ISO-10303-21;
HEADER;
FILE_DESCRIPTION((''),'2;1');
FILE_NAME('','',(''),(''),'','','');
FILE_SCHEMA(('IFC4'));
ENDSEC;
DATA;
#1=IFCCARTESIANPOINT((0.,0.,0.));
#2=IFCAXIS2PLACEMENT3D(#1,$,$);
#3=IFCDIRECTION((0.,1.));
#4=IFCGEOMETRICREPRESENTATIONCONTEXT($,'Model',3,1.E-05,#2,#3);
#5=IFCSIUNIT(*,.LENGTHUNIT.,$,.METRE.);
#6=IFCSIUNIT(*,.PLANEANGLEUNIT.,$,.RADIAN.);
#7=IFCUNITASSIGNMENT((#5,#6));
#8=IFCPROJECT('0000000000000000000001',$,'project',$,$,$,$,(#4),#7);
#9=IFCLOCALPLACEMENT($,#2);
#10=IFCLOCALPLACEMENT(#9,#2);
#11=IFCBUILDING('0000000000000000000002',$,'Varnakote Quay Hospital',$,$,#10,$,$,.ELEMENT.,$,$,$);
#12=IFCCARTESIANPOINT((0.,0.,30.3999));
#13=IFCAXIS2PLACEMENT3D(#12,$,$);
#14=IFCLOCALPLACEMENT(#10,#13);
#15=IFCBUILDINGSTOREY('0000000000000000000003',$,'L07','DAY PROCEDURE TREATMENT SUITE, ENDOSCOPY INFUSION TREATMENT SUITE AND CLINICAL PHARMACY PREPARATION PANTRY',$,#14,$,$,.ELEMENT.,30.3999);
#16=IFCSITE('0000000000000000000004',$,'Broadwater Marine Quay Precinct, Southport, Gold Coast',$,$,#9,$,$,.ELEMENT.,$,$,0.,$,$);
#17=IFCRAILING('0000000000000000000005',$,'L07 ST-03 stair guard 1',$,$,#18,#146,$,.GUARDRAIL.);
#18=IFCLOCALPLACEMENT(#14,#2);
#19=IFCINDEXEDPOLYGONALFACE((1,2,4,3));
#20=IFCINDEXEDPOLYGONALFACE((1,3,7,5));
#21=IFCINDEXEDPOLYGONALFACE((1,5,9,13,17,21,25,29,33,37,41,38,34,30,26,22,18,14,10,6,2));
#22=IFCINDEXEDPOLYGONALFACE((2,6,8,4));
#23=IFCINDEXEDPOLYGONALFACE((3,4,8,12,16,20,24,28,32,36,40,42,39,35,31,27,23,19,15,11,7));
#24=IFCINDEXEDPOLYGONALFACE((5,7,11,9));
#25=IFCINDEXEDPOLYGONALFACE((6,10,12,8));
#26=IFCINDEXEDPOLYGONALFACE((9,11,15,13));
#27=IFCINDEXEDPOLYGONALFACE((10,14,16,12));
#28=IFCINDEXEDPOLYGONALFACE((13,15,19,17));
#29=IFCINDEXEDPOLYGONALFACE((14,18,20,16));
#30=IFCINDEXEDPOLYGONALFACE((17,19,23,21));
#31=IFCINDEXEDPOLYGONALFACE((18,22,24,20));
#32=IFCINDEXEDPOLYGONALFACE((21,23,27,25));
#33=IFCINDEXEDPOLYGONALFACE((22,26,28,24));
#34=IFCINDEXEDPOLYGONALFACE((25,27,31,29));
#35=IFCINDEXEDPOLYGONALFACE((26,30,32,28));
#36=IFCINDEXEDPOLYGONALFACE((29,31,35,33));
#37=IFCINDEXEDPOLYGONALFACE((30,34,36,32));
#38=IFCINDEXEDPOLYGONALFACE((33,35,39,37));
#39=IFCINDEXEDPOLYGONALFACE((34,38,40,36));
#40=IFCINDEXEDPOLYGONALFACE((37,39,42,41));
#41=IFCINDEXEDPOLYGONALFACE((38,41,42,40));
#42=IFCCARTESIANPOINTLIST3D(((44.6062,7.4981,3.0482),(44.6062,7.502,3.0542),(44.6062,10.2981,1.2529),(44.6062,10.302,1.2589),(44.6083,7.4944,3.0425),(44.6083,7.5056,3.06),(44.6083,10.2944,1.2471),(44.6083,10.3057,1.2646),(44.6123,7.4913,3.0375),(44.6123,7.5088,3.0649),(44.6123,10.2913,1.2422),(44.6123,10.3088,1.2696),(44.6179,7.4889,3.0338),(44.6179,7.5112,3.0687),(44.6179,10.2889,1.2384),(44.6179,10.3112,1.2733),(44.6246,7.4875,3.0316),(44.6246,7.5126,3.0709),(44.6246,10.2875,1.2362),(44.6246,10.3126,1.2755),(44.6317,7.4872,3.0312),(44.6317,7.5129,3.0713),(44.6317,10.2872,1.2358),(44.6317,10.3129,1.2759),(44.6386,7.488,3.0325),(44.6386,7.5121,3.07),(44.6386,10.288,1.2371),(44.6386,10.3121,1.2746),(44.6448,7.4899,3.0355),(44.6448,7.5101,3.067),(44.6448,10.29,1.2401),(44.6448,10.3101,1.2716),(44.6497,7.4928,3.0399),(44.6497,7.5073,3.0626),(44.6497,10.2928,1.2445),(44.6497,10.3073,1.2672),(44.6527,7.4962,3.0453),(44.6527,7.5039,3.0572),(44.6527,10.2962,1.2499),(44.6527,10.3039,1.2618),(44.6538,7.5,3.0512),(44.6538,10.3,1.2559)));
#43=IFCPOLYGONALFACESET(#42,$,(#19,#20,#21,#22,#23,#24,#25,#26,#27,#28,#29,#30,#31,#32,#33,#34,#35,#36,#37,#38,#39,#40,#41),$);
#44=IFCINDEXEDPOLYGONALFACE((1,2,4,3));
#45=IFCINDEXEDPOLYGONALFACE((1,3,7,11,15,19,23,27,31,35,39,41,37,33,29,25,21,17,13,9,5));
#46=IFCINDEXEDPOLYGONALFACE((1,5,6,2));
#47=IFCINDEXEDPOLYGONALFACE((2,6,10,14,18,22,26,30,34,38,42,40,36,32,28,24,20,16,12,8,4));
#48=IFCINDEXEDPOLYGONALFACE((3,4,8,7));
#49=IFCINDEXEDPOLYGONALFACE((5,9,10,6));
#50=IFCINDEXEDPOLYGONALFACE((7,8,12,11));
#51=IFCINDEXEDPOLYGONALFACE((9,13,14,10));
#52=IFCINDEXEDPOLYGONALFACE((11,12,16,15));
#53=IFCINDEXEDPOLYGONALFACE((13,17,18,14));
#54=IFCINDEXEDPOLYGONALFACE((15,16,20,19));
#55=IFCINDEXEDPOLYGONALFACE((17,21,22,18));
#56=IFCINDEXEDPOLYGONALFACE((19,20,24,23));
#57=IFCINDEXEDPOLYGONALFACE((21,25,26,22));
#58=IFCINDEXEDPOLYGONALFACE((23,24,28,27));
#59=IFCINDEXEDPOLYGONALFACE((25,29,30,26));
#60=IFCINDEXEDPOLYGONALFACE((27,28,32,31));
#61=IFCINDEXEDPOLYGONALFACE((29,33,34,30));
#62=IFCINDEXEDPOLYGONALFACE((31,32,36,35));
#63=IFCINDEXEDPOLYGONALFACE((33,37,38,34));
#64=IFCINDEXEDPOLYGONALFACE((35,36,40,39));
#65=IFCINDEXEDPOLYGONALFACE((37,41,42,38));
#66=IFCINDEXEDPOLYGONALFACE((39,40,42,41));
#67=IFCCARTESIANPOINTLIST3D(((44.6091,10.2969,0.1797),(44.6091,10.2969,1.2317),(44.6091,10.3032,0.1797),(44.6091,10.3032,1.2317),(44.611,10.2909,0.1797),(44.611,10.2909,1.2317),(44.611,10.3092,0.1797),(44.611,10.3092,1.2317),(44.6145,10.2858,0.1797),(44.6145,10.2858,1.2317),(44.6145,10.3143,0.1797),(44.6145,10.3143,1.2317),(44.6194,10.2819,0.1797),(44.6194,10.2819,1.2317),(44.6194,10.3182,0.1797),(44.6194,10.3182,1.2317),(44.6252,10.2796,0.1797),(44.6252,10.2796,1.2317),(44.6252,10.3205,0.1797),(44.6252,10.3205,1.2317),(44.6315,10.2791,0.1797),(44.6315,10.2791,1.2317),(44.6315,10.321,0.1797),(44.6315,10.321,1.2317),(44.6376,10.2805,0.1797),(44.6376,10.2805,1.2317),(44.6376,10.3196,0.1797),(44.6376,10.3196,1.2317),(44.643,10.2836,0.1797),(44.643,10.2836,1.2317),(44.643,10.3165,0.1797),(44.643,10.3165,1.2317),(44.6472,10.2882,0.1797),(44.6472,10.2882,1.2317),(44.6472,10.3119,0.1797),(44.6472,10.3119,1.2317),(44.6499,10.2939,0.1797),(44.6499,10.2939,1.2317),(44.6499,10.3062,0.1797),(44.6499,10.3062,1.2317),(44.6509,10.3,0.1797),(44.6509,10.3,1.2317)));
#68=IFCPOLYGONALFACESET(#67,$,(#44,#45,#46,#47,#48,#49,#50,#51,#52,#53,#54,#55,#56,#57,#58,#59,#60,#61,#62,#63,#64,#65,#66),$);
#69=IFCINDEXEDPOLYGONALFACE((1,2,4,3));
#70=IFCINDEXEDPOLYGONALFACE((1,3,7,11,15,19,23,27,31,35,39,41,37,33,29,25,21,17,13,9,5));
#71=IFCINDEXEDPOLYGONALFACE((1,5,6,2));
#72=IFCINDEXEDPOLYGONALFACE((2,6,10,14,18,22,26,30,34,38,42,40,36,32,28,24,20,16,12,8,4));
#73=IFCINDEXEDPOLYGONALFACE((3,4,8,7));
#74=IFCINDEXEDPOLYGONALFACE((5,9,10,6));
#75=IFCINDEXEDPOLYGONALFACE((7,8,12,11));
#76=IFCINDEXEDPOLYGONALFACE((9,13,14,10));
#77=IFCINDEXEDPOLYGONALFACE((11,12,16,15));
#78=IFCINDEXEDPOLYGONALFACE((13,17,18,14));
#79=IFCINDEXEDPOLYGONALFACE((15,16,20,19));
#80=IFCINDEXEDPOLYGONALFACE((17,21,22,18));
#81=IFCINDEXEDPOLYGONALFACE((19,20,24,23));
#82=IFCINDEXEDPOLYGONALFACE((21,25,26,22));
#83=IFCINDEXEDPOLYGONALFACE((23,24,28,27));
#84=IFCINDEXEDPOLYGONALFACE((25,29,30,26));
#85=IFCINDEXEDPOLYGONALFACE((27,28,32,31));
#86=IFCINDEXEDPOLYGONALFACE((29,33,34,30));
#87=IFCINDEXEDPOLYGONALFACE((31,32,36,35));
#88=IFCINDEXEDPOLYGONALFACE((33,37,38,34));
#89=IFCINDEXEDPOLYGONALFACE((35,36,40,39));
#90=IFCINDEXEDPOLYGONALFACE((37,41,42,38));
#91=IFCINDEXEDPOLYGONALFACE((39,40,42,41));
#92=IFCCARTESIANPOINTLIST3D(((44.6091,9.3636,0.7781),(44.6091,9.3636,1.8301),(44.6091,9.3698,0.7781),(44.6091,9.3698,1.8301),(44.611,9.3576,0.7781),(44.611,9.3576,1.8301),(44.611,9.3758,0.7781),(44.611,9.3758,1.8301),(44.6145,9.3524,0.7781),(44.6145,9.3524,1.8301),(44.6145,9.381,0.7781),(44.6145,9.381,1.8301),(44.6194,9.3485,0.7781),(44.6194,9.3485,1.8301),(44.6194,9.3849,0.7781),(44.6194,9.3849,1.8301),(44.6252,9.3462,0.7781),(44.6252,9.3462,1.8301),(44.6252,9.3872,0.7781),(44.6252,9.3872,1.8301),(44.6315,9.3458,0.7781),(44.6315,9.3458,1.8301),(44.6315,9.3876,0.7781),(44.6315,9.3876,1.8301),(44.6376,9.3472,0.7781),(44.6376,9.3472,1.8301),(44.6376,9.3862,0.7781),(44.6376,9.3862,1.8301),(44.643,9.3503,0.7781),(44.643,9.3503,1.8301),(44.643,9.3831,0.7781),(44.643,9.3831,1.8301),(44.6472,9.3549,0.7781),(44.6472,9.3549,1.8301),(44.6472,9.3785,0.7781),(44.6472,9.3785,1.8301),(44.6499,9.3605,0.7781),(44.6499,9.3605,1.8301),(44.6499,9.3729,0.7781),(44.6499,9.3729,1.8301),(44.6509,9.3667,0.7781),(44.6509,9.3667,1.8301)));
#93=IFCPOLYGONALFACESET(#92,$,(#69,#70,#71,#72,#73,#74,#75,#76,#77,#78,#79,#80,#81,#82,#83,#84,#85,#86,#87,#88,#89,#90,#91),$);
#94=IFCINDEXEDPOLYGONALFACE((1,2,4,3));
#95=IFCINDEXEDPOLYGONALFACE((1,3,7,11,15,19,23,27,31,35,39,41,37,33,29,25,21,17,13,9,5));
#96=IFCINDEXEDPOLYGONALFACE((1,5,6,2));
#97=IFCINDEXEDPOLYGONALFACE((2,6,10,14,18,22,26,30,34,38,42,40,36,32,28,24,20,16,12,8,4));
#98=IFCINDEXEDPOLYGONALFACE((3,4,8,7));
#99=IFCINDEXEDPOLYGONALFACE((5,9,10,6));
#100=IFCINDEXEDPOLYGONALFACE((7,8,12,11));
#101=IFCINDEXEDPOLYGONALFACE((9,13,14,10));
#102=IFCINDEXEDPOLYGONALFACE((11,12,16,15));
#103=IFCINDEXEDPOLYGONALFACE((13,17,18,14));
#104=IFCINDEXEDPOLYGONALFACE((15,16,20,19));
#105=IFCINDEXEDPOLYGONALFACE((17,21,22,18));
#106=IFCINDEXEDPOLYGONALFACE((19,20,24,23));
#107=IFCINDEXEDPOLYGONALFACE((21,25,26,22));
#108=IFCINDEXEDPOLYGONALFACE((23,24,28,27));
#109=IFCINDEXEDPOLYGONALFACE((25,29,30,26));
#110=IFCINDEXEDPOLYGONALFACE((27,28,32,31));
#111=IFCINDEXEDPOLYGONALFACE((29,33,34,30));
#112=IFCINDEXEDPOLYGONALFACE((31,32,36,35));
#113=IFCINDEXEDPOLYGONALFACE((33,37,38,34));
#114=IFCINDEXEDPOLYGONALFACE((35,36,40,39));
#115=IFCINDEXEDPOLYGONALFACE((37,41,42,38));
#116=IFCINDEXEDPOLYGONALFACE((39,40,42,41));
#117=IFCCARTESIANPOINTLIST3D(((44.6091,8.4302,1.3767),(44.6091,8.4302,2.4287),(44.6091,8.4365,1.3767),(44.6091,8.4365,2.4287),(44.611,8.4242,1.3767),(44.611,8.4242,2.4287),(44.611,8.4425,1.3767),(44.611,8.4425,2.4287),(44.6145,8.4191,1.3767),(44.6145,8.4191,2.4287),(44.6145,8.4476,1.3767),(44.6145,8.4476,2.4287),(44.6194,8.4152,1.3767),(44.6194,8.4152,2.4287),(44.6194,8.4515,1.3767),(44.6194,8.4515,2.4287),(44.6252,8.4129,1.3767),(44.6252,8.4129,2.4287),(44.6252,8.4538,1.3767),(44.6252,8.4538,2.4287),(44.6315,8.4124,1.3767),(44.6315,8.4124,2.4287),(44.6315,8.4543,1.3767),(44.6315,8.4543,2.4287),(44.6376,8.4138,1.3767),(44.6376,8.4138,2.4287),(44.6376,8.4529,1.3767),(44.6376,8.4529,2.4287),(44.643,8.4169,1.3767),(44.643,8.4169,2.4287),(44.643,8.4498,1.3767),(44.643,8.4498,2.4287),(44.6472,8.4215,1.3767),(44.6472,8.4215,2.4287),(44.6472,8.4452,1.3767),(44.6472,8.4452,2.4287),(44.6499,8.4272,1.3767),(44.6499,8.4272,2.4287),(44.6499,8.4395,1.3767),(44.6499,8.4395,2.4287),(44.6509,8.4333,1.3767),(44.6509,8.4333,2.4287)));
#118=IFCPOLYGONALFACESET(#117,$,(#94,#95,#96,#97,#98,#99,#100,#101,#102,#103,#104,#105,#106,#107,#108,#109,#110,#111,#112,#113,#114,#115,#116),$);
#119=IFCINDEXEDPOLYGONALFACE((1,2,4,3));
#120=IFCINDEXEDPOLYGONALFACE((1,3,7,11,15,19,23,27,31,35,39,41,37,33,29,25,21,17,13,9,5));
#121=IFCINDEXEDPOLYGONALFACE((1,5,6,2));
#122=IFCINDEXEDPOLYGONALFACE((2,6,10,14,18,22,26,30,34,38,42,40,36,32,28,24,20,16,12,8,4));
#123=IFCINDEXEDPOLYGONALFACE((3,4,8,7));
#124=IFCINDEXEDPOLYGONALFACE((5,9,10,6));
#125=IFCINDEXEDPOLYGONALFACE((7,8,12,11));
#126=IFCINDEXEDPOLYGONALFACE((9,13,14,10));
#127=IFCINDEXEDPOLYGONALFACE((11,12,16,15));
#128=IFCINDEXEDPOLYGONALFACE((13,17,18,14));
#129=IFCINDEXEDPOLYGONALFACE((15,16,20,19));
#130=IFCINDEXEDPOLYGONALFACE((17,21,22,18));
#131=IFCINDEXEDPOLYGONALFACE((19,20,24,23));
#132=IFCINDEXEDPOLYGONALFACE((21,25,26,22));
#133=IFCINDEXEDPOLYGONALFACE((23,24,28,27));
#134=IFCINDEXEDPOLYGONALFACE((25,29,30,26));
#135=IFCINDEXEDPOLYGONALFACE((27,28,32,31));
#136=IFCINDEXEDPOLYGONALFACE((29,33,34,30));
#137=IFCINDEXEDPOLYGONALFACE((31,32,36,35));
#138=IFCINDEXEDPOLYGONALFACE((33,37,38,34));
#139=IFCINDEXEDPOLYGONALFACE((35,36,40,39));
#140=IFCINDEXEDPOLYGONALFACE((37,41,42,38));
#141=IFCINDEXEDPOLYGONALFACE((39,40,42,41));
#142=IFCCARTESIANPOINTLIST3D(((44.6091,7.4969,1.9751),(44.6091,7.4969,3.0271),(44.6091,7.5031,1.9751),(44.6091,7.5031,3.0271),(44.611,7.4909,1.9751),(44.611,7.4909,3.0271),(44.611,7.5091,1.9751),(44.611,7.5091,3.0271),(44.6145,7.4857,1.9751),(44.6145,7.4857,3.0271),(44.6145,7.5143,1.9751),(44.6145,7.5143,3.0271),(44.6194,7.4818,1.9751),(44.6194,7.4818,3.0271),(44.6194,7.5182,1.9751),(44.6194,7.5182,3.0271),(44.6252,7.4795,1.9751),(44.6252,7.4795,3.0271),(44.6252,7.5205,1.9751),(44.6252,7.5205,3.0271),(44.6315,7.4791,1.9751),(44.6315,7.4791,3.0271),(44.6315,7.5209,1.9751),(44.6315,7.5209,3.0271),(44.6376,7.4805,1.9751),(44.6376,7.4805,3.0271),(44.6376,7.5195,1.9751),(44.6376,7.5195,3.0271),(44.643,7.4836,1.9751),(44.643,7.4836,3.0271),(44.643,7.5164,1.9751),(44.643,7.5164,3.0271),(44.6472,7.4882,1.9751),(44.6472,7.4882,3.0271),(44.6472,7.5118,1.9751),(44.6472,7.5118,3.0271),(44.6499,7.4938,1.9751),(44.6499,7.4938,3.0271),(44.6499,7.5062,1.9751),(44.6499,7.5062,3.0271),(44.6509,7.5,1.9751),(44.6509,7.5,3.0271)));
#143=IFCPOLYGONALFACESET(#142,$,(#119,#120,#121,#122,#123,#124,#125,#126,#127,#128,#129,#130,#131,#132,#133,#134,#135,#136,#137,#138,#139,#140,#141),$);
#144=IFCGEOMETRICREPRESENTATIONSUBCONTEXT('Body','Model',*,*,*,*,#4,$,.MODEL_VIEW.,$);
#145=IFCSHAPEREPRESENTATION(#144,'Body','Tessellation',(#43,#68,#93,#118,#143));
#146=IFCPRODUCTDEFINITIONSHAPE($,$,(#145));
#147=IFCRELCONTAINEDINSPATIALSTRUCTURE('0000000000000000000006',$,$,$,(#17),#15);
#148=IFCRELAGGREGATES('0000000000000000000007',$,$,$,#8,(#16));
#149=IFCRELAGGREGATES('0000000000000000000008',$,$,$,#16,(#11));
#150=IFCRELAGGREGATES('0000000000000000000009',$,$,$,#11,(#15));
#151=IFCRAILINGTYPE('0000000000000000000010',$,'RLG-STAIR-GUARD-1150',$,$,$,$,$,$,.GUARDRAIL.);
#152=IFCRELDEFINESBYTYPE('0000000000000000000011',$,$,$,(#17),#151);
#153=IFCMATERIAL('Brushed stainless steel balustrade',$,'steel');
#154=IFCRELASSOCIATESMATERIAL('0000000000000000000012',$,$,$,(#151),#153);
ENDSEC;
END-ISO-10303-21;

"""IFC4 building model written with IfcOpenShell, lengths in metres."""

from ifc_helpers import new_model, si_unit, direction, frame, origin, origin_2d, place, context, subcontext, project, spatial, circle, extrude, material, type_object, element, save


model = new_model("IFC4")

# Units and contexts
model_context = context("Model", 3, precision=1e-05, world=origin(), true_north=direction((0.0, 1.0)))
body_context = subcontext(model_context, "Body", "Model", "MODEL_VIEW")
ifc_project = project(units=[si_unit("LENGTHUNIT", "METRE"), si_unit("PLANEANGLEUNIT", "RADIAN")], contexts=[model_context])

# Site, building, storey
site_placement = place(None, origin())
site = spatial("IfcSite", under=ifc_project, at=site_placement, Name="Broadwater Marine Quay Precinct, Southport, Gold Coast", CompositionType="ELEMENT", RefElevation=0.0)
building_placement = place(site_placement, origin())
building = spatial("IfcBuilding", under=site, at=building_placement, Name="Varnakote Quay Hospital", CompositionType="ELEMENT")
storey_placement = place(building_placement, frame((0.0, 0.0, 30.3999)))
storey = spatial("IfcBuildingStorey", under=building, at=storey_placement, Name="L07", Description="DAY PROCEDURE TREATMENT SUITE, ENDOSCOPY INFUSION TREATMENT SUITE AND CLINICAL PHARMACY PREPARATION PANTRY", CompositionType="ELEMENT", Elevation=30.3999)

# Railing
ifc_material_1 = material(Name="Brushed stainless steel balustrade", Category="steel")
railing_type_1 = type_object("IfcRailingType", Name="RLG-STAIR-GUARD-1150", PredefinedType="GUARDRAIL", material=ifc_material_1)
railing_1_placement = place(storey_placement, frame((44.6299, 10.3, 0.1797)))
element("IfcRailing", 1, at=railing_1_placement, inside=storey, type_object=railing_type_1, Name="L07 ST-03 stair guard 1", PredefinedType="GUARDRAIL", context=body_context, shape_type="SweptSolid", body=[
    extrude(circle(Radius=0.0239, at=origin_2d()), frame((0.0, 0.0, 1.0762), z_axis=(0.0, -0.84181, 0.539774), x_axis=(1.0, 0.0, 0.0)), (0.0, 0.0, 1.0), 3.3262),
    extrude(circle(Radius=0.021, at=origin_2d()), origin(), (0.0, 0.0, 1.0), 1.052),
    extrude(circle(Radius=0.021, at=origin_2d()), frame((0.0, -0.9333, 0.5984)), (0.0, 0.0, 1.0), 1.052),
    extrude(circle(Radius=0.021, at=origin_2d()), frame((0.0, -1.8667, 1.197)), (0.0, 0.0, 1.0), 1.052),
    extrude(circle(Radius=0.021, at=origin_2d()), frame((0.0, -2.8, 1.7954)), (0.0, 0.0, 1.0), 1.052),
])

save(model, "model.ifc")
